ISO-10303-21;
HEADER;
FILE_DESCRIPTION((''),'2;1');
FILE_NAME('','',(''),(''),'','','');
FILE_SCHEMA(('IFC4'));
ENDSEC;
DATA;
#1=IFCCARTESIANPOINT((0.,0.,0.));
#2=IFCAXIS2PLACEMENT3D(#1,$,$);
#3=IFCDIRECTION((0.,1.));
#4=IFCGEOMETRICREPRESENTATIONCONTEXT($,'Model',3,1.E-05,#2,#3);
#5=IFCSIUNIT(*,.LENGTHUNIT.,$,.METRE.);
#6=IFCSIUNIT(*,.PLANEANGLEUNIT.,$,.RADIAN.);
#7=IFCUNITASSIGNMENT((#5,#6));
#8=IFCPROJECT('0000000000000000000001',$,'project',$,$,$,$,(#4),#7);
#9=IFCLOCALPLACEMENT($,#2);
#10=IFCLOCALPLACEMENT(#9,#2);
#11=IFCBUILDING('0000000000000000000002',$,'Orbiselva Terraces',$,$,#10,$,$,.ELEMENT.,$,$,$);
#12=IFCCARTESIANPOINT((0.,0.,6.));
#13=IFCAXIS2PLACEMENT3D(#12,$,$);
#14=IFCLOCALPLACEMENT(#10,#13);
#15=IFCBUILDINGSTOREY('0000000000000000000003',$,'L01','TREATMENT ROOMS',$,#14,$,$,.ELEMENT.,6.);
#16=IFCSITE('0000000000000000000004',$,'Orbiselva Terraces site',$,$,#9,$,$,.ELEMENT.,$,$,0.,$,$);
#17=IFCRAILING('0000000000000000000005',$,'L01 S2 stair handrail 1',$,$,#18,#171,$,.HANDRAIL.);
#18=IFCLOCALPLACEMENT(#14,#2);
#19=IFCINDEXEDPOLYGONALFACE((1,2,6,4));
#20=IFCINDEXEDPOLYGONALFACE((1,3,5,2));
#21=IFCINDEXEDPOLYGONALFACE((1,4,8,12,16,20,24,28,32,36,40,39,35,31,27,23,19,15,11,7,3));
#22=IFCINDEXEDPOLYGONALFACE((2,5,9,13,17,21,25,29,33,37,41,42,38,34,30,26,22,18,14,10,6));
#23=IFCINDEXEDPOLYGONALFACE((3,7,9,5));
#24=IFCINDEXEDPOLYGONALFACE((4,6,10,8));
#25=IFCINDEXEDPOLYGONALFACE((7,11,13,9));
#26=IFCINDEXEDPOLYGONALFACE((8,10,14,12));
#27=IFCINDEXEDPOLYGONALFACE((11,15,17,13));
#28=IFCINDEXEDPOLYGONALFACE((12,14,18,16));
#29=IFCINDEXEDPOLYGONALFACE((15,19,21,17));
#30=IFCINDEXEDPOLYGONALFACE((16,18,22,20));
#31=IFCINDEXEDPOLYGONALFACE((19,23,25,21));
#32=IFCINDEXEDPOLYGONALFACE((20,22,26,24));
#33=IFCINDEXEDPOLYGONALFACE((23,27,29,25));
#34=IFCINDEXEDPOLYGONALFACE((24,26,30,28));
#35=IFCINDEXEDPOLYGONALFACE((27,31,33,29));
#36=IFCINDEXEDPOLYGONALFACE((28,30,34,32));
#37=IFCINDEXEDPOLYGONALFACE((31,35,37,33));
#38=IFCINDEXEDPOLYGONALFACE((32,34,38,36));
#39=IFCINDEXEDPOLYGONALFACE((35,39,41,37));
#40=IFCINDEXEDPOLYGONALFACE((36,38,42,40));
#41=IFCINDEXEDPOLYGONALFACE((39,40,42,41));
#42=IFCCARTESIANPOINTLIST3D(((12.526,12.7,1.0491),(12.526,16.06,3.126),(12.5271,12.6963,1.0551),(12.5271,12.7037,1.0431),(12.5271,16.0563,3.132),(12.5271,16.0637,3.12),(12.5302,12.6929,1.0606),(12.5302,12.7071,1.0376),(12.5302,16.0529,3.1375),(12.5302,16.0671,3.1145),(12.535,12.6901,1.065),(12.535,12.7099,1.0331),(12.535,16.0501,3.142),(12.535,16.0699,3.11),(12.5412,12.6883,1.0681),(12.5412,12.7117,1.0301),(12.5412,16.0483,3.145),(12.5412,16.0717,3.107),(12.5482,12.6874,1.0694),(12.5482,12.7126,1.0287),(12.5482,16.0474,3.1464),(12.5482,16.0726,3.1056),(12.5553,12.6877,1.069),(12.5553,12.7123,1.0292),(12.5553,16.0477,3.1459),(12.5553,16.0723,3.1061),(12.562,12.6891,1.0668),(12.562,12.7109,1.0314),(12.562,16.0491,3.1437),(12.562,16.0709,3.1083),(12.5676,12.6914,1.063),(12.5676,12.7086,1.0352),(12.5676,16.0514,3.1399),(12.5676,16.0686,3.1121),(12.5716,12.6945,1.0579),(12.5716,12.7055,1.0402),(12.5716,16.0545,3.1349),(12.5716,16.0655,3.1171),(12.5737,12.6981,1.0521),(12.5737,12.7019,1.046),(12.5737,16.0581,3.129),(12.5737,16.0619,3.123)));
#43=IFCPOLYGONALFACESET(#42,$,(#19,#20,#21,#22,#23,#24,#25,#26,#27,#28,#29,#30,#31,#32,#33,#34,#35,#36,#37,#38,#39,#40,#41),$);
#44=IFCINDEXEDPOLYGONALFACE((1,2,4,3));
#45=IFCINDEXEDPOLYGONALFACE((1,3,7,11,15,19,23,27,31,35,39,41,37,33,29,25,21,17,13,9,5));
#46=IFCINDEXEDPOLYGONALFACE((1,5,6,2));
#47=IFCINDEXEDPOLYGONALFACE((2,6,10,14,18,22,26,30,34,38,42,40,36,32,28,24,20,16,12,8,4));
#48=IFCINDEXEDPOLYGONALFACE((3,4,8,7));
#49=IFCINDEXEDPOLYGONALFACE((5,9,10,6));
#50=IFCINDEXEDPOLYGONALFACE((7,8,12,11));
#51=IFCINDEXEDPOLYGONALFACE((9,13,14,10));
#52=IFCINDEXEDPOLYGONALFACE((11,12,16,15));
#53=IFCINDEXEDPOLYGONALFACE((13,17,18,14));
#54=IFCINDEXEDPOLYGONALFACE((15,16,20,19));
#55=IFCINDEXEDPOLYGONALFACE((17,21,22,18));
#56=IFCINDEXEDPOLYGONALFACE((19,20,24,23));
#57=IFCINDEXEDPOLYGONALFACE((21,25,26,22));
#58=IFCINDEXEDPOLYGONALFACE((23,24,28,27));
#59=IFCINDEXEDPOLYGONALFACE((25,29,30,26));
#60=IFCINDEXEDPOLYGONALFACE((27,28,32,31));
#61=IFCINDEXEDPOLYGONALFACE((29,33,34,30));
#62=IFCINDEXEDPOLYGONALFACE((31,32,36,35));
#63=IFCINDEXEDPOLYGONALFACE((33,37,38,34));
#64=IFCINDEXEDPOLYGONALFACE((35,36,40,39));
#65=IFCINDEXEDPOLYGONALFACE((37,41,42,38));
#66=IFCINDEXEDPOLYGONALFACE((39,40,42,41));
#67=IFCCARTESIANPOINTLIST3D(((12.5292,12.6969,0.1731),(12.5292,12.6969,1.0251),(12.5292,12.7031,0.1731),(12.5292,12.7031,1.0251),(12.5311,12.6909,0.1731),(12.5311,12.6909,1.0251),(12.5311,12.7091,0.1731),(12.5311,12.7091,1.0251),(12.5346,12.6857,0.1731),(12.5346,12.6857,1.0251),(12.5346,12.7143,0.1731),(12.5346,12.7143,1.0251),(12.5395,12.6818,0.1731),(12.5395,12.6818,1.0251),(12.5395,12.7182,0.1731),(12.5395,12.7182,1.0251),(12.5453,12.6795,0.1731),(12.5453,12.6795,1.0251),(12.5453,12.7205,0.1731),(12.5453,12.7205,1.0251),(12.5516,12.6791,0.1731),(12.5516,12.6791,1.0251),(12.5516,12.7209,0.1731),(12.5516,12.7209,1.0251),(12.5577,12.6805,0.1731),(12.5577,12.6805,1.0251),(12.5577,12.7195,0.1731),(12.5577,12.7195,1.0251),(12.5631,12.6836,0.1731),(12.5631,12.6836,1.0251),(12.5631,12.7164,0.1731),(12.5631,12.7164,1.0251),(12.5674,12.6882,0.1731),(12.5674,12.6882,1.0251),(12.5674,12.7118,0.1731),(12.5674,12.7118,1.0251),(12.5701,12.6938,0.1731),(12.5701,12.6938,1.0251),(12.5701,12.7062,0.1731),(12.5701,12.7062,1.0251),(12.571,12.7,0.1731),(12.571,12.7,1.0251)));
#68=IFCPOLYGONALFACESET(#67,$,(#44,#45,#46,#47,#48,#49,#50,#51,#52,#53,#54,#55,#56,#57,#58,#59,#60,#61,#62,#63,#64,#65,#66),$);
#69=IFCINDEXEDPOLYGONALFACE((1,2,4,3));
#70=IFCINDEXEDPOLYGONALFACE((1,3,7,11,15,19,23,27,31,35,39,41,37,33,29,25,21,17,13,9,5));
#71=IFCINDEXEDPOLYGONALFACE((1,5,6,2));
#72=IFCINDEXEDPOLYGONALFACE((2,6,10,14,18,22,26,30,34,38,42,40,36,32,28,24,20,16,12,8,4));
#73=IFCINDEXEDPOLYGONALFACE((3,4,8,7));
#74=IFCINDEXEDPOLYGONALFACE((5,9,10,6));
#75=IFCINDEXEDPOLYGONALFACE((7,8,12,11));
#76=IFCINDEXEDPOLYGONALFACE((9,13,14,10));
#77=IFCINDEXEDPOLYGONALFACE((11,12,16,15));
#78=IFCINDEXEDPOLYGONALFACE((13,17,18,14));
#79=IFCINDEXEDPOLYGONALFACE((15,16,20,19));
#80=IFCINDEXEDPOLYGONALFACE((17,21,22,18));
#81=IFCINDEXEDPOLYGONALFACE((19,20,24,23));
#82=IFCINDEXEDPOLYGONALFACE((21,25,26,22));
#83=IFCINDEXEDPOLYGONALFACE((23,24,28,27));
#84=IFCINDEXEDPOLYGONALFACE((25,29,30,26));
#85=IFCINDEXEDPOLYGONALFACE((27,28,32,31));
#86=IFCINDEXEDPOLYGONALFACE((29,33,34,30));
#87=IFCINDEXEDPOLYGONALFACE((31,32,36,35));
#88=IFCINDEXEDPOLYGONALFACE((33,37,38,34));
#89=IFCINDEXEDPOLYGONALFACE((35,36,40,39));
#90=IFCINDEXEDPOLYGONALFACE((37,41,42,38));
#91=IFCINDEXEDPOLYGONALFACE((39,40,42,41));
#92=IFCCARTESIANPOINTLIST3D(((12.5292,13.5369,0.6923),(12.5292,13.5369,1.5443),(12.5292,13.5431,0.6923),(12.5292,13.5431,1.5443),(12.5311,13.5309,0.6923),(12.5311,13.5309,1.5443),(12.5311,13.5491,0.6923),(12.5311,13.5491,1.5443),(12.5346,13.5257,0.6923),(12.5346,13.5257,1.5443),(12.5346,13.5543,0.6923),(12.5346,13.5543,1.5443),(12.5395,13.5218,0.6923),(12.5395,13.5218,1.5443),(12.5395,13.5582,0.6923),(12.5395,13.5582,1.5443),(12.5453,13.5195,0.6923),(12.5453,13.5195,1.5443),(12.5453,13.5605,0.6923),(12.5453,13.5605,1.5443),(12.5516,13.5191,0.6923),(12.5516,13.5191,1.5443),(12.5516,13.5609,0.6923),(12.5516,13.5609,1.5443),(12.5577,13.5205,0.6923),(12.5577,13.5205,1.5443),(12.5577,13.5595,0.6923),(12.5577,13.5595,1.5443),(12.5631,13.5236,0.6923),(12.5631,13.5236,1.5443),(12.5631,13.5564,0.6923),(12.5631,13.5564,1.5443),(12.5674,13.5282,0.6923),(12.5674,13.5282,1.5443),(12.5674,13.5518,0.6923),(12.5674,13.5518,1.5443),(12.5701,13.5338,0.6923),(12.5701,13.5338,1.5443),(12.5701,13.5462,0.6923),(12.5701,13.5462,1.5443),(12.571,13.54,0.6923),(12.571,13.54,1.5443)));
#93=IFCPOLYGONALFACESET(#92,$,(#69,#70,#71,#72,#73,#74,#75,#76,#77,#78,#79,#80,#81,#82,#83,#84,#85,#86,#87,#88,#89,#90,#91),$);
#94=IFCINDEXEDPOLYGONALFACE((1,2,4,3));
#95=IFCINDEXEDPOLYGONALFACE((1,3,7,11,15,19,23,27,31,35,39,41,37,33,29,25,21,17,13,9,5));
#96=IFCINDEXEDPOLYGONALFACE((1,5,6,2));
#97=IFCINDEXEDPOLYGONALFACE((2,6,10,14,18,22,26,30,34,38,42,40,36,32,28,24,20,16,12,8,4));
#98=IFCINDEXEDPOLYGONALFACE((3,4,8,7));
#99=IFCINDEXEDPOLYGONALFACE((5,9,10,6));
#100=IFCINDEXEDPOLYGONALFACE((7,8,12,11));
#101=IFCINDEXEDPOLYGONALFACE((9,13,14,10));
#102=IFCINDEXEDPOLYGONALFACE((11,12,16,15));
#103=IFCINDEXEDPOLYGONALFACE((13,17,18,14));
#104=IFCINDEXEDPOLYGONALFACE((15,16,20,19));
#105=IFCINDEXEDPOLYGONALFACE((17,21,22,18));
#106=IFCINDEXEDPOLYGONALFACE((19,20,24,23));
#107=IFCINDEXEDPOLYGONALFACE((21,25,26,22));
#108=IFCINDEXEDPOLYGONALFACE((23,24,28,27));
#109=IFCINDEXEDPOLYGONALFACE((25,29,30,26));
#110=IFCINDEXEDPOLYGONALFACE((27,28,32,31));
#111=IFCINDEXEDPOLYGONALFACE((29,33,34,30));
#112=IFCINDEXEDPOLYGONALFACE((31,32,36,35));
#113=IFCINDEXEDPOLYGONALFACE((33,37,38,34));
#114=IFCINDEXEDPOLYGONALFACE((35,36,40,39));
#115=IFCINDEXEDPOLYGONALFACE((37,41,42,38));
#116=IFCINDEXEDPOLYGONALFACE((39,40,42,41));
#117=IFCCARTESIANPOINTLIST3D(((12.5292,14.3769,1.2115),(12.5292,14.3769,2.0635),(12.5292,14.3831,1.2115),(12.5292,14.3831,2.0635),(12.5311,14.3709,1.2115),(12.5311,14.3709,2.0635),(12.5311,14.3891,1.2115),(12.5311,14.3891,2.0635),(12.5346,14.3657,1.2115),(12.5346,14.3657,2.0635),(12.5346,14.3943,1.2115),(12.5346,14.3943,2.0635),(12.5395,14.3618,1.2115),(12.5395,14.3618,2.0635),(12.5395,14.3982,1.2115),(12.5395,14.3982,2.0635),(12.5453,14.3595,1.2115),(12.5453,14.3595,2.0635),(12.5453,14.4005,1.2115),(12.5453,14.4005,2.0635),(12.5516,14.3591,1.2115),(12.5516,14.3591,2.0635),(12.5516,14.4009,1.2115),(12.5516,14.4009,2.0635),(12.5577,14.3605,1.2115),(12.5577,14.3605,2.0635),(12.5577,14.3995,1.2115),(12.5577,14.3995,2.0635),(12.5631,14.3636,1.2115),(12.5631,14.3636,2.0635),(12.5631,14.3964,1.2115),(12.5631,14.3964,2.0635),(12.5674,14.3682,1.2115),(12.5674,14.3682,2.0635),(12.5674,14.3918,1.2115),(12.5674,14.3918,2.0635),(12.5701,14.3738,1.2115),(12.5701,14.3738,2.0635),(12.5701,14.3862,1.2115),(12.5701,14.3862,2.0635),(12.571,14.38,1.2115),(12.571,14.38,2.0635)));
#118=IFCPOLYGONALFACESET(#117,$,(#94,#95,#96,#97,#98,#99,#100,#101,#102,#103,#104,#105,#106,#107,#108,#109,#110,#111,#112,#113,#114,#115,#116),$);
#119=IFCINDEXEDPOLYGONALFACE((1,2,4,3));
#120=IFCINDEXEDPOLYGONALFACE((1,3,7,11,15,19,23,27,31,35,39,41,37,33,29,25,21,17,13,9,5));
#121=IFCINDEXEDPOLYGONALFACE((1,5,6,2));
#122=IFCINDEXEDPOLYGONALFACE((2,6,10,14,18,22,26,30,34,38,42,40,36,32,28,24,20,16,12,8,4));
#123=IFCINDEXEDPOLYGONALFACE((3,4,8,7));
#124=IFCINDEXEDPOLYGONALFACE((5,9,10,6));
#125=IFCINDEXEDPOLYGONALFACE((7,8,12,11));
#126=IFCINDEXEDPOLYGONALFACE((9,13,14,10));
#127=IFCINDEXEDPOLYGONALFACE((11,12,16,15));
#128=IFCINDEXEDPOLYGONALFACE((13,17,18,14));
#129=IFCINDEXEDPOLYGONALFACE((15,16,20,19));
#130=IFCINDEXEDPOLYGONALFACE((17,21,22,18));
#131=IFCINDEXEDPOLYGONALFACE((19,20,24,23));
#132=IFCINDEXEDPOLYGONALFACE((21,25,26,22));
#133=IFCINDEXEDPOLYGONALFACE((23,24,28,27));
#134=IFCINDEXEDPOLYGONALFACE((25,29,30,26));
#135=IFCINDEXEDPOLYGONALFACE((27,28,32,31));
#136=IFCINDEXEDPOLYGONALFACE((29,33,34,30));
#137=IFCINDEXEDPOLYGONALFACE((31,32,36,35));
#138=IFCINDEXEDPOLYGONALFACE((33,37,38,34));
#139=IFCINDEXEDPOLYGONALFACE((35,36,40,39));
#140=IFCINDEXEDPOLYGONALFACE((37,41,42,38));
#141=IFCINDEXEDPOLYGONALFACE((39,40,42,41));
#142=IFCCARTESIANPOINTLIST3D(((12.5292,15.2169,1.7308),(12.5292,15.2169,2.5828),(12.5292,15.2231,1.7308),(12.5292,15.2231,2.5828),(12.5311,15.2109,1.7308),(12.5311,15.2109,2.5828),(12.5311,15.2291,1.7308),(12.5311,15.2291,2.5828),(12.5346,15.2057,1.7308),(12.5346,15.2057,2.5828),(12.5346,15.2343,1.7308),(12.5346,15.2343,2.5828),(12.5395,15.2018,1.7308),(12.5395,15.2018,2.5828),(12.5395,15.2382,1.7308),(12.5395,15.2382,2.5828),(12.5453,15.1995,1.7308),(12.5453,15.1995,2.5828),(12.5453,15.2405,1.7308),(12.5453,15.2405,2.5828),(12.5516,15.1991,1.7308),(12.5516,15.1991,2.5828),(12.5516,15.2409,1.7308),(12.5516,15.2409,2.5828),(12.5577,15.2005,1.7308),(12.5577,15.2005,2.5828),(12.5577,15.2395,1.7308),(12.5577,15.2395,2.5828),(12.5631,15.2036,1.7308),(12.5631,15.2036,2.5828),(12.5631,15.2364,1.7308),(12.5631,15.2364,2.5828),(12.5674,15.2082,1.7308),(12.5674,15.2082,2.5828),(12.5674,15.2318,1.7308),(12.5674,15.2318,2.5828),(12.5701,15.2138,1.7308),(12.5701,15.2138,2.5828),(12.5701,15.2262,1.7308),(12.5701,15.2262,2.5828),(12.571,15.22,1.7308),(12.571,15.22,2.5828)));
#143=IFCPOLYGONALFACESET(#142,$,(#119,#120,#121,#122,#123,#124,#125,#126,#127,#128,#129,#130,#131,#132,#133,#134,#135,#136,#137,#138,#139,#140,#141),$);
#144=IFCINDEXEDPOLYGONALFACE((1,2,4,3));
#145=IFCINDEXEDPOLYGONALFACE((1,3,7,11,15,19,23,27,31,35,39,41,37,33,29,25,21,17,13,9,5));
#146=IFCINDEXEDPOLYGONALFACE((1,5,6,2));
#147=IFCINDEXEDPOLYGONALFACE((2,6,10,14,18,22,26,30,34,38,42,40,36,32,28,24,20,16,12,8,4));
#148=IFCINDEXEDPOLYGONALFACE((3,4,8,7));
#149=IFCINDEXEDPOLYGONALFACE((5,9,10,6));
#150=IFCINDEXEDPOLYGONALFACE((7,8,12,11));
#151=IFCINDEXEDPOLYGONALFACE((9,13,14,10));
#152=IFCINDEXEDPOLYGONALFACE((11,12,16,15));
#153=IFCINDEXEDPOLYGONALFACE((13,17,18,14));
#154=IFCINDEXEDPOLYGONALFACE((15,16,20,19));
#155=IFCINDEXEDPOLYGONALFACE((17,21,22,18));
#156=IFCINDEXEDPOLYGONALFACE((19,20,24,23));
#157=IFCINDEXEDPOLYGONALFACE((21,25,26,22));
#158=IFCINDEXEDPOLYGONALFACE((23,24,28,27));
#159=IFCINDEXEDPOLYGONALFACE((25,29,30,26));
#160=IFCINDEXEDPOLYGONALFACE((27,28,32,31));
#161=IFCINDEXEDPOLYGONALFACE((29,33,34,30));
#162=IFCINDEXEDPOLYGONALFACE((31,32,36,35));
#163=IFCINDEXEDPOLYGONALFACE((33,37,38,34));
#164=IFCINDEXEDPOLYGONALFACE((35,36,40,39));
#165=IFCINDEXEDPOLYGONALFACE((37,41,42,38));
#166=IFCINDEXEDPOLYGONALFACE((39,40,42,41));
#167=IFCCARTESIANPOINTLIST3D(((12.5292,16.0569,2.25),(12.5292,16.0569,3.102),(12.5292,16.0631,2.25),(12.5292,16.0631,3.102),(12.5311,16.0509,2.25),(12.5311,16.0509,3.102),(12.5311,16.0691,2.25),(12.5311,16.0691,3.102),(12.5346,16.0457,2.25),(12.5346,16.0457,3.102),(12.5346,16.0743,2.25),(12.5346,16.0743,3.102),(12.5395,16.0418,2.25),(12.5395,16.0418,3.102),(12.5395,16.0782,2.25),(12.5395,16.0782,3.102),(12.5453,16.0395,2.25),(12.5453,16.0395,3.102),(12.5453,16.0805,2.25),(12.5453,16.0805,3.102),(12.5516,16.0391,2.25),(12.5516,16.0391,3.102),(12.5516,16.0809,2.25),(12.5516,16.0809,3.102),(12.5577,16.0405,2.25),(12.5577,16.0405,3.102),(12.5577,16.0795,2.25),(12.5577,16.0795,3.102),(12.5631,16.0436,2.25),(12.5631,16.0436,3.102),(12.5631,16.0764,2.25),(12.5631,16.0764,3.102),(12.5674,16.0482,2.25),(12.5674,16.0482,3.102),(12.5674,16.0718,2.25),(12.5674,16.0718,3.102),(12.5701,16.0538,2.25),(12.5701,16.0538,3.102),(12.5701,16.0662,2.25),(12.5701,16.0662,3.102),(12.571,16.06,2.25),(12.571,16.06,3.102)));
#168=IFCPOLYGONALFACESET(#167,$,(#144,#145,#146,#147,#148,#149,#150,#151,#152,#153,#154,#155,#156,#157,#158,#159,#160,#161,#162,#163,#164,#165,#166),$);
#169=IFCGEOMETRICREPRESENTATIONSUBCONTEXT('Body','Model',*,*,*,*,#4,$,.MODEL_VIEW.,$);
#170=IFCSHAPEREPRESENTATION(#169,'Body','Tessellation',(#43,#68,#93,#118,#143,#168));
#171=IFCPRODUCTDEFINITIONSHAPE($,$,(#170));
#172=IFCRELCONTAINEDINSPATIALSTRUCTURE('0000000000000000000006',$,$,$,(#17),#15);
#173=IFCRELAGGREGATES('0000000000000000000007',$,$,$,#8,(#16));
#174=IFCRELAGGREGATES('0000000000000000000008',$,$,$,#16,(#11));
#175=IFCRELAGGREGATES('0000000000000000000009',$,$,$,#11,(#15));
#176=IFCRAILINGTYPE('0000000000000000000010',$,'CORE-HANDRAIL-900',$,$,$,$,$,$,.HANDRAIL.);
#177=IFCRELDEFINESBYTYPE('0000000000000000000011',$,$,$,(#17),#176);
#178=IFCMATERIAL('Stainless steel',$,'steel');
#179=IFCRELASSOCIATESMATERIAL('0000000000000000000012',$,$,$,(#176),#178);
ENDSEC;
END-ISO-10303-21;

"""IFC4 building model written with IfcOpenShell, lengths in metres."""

from ifc_helpers import new_model, si_unit, direction, frame, origin, origin_2d, place, context, subcontext, project, spatial, circle, extrude, material, type_object, element, save


model = new_model("IFC4")

# Units and contexts
model_context = context("Model", 3, precision=1e-05, world=origin(), true_north=direction((0.0, 1.0)))
body_context = subcontext(model_context, "Body", "Model", "MODEL_VIEW")
ifc_project = project(units=[si_unit("LENGTHUNIT", "METRE"), si_unit("PLANEANGLEUNIT", "RADIAN")], contexts=[model_context])

# Site, building, storey
site_placement = place(None, origin())
site = spatial("IfcSite", under=ifc_project, at=site_placement, Name="Orbiselva Terraces site", CompositionType="ELEMENT", RefElevation=0.0)
building_placement = place(site_placement, origin())
building = spatial("IfcBuilding", under=site, at=building_placement, Name="Orbiselva Terraces", CompositionType="ELEMENT")
storey_placement = place(building_placement, frame((0.0, 0.0, 6.0)))
storey = spatial("IfcBuildingStorey", under=building, at=storey_placement, Name="L01", Description="TREATMENT ROOMS", CompositionType="ELEMENT", Elevation=6.0)

# Railing
ifc_material_1 = material(Name="Stainless steel", Category="steel")
railing_type_1 = type_object("IfcRailingType", Name="CORE-HANDRAIL-900", PredefinedType="HANDRAIL", material=ifc_material_1)
railing_1_placement = place(storey_placement, frame((12.55, 12.7, 0.1731)))
element("IfcRailing", 1, at=railing_1_placement, inside=storey, type_object=railing_type_1, Name="L01 S2 stair handrail 1", PredefinedType="HANDRAIL", context=body_context, shape_type="SweptSolid", body=[
    extrude(circle(Radius=0.024, at=origin_2d()), frame((0.0, 0.0, 0.876), z_axis=(0.0, 0.850614, 0.525791), x_axis=(-1.0, 0.0, 0.0)), (0.0, 0.0, 1.0), 3.9501),
    extrude(circle(Radius=0.021, at=origin_2d()), origin(), (0.0, 0.0, 1.0), 0.852),
    extrude(circle(Radius=0.021, at=origin_2d()), frame((0.0, 0.84, 0.5192)), (0.0, 0.0, 1.0), 0.852),
    extrude(circle(Radius=0.021, at=origin_2d()), frame((0.0, 1.68, 1.0385)), (0.0, 0.0, 1.0), 0.852),
    extrude(circle(Radius=0.021, at=origin_2d()), frame((0.0, 2.52, 1.5577)), (0.0, 0.0, 1.0), 0.852),
    extrude(circle(Radius=0.021, at=origin_2d()), frame((0.0, 3.36, 2.0769)), (0.0, 0.0, 1.0), 0.852),
])

save(model, "model.ifc")
